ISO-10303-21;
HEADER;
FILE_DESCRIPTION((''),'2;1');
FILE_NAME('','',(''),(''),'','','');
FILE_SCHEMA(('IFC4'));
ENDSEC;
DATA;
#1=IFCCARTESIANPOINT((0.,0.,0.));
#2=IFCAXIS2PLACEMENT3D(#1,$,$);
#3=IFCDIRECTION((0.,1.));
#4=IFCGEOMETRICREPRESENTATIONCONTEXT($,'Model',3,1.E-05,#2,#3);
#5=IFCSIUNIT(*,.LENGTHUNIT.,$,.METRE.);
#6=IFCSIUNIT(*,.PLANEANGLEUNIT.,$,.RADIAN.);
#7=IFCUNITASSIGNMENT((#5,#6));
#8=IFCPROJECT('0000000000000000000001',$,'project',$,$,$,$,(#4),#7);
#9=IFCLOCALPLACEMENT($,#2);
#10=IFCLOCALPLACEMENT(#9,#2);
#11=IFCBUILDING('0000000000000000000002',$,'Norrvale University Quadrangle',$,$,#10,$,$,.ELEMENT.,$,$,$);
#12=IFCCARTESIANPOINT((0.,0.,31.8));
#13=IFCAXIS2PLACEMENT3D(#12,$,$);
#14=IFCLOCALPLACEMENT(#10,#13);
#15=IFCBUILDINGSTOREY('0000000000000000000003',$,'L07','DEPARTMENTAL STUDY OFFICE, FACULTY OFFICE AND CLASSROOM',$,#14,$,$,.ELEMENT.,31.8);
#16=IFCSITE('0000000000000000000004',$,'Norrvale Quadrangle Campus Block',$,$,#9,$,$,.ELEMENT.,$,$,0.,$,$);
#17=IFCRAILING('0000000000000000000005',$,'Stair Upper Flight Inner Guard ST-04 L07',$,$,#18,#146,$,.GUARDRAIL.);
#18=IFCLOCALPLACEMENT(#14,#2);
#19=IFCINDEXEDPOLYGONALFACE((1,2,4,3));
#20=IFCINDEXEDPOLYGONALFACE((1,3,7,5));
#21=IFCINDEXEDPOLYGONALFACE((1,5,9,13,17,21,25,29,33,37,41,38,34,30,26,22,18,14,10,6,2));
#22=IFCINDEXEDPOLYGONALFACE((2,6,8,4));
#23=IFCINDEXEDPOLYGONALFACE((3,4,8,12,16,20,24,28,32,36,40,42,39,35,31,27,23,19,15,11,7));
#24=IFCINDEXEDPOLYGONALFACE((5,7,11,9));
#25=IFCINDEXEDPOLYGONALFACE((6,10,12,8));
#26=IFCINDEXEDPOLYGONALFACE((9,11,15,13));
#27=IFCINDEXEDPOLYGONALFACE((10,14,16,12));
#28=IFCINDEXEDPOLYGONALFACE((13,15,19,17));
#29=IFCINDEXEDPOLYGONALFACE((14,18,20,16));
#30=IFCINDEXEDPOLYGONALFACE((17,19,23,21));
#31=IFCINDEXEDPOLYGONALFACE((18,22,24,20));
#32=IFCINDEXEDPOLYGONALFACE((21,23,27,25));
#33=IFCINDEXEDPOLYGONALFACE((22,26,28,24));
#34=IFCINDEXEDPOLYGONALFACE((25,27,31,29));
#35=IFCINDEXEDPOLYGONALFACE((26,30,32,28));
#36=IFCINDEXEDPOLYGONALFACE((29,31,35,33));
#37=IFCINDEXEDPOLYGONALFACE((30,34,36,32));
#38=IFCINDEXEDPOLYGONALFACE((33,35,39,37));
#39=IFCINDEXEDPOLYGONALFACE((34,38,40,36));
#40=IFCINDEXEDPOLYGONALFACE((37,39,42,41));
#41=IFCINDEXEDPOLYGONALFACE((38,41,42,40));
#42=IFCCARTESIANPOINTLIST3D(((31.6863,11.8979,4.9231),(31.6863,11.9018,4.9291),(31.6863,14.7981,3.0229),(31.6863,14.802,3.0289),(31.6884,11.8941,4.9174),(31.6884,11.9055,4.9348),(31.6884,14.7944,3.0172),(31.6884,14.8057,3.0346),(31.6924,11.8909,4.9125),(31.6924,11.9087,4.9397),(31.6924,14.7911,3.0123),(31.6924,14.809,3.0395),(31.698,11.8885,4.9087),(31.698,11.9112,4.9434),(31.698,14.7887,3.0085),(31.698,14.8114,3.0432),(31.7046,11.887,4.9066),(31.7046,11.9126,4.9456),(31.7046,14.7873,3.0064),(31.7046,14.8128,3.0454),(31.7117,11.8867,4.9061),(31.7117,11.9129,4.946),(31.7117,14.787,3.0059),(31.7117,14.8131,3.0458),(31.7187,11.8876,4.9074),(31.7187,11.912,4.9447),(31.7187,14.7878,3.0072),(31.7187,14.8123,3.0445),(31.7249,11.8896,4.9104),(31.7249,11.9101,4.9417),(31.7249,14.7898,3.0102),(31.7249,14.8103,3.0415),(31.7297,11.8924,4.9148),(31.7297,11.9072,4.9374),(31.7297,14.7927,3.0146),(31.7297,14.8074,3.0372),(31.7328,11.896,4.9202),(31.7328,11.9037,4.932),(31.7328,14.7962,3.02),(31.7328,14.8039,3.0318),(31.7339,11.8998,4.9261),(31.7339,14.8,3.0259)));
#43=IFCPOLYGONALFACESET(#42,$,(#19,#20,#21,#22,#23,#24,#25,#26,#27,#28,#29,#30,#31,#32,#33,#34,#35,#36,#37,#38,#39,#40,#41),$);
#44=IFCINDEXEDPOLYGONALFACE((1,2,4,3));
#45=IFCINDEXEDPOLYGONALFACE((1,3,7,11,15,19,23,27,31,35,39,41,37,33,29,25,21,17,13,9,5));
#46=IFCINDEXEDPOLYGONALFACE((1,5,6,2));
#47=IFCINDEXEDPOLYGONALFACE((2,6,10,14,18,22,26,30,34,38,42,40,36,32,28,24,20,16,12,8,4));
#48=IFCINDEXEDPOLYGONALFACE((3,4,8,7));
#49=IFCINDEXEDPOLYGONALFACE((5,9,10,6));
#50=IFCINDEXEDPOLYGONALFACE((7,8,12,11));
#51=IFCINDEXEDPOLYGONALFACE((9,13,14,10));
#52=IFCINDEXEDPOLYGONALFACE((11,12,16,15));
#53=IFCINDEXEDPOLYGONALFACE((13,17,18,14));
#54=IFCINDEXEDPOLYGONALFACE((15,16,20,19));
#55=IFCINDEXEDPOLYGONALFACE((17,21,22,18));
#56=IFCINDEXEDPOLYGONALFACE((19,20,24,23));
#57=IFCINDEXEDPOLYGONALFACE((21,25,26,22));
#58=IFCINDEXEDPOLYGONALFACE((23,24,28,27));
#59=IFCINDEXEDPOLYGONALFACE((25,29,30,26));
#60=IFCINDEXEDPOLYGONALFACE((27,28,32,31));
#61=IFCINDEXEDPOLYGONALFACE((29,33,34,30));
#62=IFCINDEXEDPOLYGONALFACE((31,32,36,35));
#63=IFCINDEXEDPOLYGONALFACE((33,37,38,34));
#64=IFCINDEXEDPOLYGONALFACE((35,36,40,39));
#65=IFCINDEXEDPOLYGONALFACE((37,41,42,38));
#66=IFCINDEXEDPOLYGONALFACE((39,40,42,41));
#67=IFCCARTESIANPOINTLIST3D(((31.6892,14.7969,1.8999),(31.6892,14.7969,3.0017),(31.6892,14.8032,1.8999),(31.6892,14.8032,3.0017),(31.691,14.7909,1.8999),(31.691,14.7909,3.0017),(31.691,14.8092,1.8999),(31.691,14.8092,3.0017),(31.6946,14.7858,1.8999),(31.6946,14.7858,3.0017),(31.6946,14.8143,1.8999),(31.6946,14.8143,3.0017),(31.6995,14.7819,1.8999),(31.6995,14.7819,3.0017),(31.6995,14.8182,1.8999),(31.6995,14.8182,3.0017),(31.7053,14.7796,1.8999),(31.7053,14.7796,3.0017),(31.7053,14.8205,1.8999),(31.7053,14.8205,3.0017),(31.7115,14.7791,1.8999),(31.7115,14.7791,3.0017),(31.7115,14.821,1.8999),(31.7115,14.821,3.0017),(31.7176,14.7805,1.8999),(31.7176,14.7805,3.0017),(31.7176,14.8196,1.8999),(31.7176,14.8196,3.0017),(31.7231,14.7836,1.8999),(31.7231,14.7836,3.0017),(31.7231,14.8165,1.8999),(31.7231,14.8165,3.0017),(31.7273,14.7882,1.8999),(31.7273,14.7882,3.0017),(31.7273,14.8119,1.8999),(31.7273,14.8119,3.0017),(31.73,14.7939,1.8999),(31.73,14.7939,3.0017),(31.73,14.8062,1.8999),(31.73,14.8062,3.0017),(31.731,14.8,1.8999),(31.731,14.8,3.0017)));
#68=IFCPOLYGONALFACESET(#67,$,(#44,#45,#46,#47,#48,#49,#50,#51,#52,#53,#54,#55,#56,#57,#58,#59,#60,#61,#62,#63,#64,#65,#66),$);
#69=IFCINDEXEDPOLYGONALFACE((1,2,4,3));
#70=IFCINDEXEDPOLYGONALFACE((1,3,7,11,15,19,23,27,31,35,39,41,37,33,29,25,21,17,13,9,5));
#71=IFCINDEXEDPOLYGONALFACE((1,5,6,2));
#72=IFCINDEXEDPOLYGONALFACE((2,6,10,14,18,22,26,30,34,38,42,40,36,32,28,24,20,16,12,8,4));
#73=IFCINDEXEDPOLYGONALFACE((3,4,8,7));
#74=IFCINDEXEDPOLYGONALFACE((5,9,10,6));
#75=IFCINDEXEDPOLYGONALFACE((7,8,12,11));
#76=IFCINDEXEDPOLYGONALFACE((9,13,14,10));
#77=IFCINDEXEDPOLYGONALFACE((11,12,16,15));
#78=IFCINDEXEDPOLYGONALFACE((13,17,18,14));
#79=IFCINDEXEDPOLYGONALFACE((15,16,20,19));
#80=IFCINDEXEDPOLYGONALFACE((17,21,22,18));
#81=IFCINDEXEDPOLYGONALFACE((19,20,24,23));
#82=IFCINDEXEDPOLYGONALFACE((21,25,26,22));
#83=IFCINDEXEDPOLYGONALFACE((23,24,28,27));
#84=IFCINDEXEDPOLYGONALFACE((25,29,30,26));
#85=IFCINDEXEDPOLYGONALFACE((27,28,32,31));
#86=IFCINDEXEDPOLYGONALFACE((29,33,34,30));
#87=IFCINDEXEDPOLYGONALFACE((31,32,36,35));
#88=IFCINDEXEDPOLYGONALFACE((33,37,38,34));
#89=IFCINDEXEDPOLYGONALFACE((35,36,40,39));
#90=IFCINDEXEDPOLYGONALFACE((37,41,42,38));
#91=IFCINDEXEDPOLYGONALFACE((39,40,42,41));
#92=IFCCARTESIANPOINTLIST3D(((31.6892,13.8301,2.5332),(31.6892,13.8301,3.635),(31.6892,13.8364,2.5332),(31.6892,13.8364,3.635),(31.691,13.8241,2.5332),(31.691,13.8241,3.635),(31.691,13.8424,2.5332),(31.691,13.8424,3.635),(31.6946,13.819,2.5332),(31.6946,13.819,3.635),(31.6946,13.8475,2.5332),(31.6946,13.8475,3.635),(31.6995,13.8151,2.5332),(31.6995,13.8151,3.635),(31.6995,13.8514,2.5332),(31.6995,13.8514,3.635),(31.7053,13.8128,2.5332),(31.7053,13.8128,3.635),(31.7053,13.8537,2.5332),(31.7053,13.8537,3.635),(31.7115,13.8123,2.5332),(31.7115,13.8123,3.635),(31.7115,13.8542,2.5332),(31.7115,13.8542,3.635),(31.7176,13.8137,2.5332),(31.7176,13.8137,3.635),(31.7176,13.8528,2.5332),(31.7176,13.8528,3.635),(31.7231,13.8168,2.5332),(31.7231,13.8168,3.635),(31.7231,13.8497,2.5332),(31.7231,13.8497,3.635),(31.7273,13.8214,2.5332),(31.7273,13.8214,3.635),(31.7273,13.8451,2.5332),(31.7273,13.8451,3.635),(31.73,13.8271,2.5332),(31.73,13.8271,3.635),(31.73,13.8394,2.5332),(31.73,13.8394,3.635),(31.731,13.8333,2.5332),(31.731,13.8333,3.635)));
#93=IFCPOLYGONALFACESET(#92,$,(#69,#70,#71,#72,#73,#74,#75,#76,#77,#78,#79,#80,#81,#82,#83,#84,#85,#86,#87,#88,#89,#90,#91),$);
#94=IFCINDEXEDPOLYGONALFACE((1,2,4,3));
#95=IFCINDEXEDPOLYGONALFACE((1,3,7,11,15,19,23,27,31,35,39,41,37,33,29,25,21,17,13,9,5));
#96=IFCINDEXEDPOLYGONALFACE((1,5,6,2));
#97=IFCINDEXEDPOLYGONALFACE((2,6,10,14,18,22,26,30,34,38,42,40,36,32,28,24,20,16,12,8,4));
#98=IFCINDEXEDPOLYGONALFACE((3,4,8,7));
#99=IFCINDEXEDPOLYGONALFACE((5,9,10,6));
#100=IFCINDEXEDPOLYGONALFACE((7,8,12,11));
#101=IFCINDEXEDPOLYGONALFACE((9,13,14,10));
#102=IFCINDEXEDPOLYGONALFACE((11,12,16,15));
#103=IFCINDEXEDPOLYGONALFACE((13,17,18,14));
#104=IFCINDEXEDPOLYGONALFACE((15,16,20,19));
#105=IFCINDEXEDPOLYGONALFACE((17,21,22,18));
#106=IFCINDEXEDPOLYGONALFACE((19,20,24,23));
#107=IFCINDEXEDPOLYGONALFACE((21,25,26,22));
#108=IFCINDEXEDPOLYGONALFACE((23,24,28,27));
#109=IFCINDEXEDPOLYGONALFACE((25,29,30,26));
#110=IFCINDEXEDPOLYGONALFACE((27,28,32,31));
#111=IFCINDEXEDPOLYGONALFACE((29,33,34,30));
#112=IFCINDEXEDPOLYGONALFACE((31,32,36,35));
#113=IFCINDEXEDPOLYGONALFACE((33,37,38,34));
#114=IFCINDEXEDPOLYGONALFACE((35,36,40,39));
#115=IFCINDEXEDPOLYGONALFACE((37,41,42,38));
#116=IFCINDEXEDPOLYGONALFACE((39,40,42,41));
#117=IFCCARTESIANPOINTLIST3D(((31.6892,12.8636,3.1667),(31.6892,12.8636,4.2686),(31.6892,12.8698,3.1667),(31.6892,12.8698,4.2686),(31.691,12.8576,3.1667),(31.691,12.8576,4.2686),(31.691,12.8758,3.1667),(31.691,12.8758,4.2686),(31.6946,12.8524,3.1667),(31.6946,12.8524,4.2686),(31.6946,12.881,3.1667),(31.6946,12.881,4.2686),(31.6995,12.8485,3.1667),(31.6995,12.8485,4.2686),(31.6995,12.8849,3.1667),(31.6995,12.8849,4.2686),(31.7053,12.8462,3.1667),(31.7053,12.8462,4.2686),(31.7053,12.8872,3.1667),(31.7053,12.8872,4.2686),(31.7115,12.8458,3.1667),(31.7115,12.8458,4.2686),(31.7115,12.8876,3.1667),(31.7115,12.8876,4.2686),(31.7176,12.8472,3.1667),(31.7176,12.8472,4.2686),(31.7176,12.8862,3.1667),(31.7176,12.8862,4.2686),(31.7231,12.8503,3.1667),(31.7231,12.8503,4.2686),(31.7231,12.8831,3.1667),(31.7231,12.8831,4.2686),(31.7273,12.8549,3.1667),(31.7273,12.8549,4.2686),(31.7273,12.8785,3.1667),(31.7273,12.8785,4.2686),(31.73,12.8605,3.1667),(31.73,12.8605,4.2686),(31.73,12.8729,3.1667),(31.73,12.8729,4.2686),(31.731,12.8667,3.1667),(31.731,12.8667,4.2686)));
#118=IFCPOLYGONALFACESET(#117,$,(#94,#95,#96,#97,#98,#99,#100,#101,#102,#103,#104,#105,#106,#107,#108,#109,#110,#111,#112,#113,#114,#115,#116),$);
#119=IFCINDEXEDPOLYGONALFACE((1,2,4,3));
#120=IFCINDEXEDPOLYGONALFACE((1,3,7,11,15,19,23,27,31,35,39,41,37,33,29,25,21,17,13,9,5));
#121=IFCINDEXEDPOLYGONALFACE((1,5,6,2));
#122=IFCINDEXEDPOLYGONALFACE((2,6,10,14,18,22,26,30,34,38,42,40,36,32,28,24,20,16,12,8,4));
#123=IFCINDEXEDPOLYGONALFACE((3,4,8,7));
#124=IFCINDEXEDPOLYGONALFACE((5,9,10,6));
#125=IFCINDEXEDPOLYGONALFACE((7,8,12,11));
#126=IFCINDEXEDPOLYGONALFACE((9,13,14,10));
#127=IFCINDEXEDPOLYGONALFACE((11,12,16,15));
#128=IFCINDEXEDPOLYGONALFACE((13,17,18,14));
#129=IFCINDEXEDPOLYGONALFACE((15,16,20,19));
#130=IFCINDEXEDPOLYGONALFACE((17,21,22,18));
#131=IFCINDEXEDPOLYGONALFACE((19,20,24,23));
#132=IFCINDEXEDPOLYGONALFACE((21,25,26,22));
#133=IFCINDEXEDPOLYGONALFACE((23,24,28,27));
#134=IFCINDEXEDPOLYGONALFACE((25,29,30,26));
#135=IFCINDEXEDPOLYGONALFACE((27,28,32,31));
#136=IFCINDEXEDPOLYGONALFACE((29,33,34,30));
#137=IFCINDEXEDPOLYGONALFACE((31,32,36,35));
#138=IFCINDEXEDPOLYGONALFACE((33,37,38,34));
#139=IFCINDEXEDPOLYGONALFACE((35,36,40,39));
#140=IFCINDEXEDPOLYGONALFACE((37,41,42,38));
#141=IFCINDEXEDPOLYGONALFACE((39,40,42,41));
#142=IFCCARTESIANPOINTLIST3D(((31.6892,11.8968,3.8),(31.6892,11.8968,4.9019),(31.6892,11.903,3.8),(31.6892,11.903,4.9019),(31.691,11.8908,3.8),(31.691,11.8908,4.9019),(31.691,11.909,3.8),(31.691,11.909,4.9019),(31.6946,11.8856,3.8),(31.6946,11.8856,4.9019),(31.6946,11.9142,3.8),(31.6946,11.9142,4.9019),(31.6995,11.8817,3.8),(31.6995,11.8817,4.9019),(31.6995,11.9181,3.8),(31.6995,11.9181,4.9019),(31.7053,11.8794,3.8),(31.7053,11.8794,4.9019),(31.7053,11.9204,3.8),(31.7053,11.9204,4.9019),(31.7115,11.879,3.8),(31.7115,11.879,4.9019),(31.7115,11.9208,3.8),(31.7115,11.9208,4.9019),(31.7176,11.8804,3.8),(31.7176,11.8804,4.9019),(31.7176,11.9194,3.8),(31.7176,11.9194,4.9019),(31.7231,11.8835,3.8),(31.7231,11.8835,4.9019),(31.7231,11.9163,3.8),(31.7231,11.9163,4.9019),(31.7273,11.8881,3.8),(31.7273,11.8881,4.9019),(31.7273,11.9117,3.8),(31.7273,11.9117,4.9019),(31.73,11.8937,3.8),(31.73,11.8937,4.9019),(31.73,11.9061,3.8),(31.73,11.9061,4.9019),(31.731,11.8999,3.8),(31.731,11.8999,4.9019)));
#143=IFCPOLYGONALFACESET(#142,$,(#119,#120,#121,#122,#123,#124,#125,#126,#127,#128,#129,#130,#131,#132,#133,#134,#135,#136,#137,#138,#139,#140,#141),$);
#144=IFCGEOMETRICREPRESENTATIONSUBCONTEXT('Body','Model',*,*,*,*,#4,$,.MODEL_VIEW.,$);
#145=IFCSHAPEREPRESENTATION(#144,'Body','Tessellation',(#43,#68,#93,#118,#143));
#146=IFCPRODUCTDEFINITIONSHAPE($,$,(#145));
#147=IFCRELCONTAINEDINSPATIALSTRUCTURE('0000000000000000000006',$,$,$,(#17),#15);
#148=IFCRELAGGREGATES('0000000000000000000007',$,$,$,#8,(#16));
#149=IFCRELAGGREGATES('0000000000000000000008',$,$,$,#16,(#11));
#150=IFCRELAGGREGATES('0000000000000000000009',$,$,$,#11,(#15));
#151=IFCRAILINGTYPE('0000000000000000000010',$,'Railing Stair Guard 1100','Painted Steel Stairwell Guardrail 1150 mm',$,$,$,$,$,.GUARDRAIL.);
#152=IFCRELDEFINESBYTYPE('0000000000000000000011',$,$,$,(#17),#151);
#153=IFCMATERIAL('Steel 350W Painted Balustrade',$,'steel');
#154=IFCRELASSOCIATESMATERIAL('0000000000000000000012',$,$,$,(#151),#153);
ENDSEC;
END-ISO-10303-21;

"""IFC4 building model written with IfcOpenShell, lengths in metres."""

from ifc_helpers import new_model, si_unit, direction, frame, origin, origin_2d, place, context, subcontext, project, spatial, circle, extrude, material, type_object, element, save


model = new_model("IFC4")

# Units and contexts
model_context = context("Model", 3, precision=1e-05, world=origin(), true_north=direction((0.0, 1.0)))
body_context = subcontext(model_context, "Body", "Model", "MODEL_VIEW")
ifc_project = project(units=[si_unit("LENGTHUNIT", "METRE"), si_unit("PLANEANGLEUNIT", "RADIAN")], contexts=[model_context])

# Site, building, storey
site_placement = place(None, origin())
site = spatial("IfcSite", under=ifc_project, at=site_placement, Name="Norrvale Quadrangle Campus Block", CompositionType="ELEMENT", RefElevation=0.0)
building_placement = place(site_placement, origin())
building = spatial("IfcBuilding", under=site, at=building_placement, Name="Norrvale University Quadrangle", CompositionType="ELEMENT")
storey_placement = place(building_placement, frame((0.0, 0.0, 31.8)))
storey = spatial("IfcBuildingStorey", under=building, at=storey_placement, Name="L07", Description="DEPARTMENTAL STUDY OFFICE, FACULTY OFFICE AND CLASSROOM", CompositionType="ELEMENT", Elevation=31.8)

# Railing
ifc_material_1 = material(Name="Steel 350W Painted Balustrade", Category="steel")
railing_type_1 = type_object("IfcRailingType", Name="Railing Stair Guard 1100", Description="Painted Steel Stairwell Guardrail 1150 mm", PredefinedType="GUARDRAIL", material=ifc_material_1)
railing_1_placement = place(storey_placement, frame((31.71, 14.8, 1.8999)))
element("IfcRailing", 1, at=railing_1_placement, inside=storey, type_object=railing_type_1, Name="Stair Upper Flight Inner Guard ST-04 L07", PredefinedType="GUARDRAIL", context=body_context, shape_type="SweptSolid", body=[
    extrude(circle(Radius=0.0239, at=origin_2d()), frame((0.0, 0.0, 1.126), z_axis=(0.0, -0.836454, 0.548036), x_axis=(1.0, 0.0, 0.0)), (0.0, 0.0, 1.0), 3.4673),
    extrude(circle(Radius=0.021, at=origin_2d()), origin(), (0.0, 0.0, 1.0), 1.1018),
    extrude(circle(Radius=0.021, at=origin_2d()), frame((0.0, -0.9668, 0.6333)), (0.0, 0.0, 1.0), 1.1018),
    extrude(circle(Radius=0.021, at=origin_2d()), frame((0.0, -1.9333, 1.2668)), (0.0, 0.0, 1.0), 1.1018),
    extrude(circle(Radius=0.021, at=origin_2d()), frame((0.0, -2.9001, 1.9001)), (0.0, 0.0, 1.0), 1.1018),
])

save(model, "model.ifc")
